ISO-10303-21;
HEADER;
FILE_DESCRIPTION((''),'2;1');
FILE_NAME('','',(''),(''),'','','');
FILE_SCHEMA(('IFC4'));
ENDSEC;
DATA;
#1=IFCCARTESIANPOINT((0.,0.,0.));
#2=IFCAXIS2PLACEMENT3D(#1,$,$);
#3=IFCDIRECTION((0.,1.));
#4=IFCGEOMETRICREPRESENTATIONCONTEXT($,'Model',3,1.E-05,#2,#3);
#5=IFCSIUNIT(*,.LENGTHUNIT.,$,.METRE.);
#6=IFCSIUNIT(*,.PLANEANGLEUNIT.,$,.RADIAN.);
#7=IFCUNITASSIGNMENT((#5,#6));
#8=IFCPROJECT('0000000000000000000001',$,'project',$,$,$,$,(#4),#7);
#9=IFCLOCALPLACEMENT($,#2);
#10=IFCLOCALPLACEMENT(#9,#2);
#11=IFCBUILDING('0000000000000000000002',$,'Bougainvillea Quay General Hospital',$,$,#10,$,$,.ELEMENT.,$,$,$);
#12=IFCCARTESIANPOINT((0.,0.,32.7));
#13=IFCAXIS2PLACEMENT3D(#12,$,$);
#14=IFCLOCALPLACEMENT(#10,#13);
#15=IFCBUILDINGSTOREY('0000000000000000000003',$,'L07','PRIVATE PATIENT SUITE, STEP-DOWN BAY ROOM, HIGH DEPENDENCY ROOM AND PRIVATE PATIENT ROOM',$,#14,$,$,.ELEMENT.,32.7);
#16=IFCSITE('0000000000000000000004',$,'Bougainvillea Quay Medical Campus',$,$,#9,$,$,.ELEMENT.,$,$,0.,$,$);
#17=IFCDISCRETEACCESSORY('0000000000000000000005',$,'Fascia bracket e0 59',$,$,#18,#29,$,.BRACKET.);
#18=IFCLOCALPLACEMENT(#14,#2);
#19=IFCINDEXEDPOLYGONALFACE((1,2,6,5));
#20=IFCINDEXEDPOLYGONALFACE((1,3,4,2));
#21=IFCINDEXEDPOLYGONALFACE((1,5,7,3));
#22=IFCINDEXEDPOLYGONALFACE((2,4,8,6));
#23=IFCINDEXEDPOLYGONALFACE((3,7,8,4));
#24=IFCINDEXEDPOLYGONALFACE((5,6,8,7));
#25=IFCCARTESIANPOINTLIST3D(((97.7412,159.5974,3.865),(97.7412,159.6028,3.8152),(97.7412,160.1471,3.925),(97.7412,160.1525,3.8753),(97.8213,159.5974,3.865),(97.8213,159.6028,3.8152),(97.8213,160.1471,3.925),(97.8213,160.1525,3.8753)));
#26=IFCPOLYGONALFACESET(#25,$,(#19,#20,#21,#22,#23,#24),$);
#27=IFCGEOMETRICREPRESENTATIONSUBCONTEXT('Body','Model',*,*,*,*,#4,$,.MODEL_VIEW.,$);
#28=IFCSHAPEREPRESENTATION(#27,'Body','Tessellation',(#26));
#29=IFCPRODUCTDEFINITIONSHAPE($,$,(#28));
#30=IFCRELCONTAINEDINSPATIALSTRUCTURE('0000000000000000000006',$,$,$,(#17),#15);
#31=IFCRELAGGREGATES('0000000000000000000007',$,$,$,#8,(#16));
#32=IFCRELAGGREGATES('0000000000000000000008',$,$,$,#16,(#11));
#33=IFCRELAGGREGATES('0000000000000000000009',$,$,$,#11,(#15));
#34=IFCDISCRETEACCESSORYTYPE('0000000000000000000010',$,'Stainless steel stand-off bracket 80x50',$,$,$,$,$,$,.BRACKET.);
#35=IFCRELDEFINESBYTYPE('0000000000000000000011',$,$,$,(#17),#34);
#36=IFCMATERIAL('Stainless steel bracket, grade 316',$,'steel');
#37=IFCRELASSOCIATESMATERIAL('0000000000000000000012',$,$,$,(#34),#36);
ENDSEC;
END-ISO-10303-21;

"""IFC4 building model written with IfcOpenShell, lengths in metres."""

from ifc_helpers import new_model, si_unit, direction, frame, origin, origin_2d, place, context, subcontext, project, spatial, rectangle, extrude, material, material_profile, profile_set, type_object, element, save


model = new_model("IFC4")

# Units and contexts
model_context = context("Model", 3, precision=1e-05, world=origin(), true_north=direction((0.0, 1.0)))
body_context = subcontext(model_context, "Body", "Model", "MODEL_VIEW")
ifc_project = project(units=[si_unit("LENGTHUNIT", "METRE"), si_unit("PLANEANGLEUNIT", "RADIAN")], contexts=[model_context])

# Site, building, storey
site_placement = place(None, origin())
site = spatial("IfcSite", under=ifc_project, at=site_placement, Name="Bougainvillea Quay Medical Campus", CompositionType="ELEMENT", RefElevation=0.0)
building_placement = place(site_placement, origin())
building = spatial("IfcBuilding", under=site, at=building_placement, Name="Bougainvillea Quay General Hospital", CompositionType="ELEMENT")
storey_placement = place(building_placement, frame((0.0, 0.0, 32.7)))
storey = spatial("IfcBuildingStorey", under=building, at=storey_placement, Name="L07", Description="PRIVATE PATIENT SUITE, STEP-DOWN BAY ROOM, HIGH DEPENDENCY ROOM AND PRIVATE PATIENT ROOM", CompositionType="ELEMENT", Elevation=32.7)

# Discrete accessory
ifc_material_1 = material(Name="Stainless steel bracket, grade 316", Category="steel")
ifc_material_profile_1 = material_profile(ifc_material_1, rectangle(XDim=0.0801, YDim=0.05, at=origin_2d()))
ifc_profile_set_1 = profile_set([ifc_material_profile_1], Name="Stainless steel bracket, grade 316")
discrete_accessory_type_1 = type_object("IfcDiscreteAccessoryType", Name="Stainless steel stand-off bracket 80x50", PredefinedType="BRACKET", material=ifc_profile_set_1)
for number, where, z_axis, x_axis, name in (
    (1, (97.7812, 159.6001, 3.8401), (0.0, 0.994087, 0.10859), (-1.0, 0.0, 0.0), "Fascia bracket e0 59"),
):
    element("IfcDiscreteAccessory", number, at=place(storey_placement, frame(where, z_axis=z_axis, x_axis=x_axis)), inside=storey, type_object=discrete_accessory_type_1, Name=name, PredefinedType="BRACKET", context=body_context, shape_type="SweptSolid", body=[
        extrude(rectangle(XDim=0.0801, YDim=0.05, at=origin_2d()), origin(), (0.0, 0.0, 1.0), 0.553),
    ])

save(model, "model.ifc")
